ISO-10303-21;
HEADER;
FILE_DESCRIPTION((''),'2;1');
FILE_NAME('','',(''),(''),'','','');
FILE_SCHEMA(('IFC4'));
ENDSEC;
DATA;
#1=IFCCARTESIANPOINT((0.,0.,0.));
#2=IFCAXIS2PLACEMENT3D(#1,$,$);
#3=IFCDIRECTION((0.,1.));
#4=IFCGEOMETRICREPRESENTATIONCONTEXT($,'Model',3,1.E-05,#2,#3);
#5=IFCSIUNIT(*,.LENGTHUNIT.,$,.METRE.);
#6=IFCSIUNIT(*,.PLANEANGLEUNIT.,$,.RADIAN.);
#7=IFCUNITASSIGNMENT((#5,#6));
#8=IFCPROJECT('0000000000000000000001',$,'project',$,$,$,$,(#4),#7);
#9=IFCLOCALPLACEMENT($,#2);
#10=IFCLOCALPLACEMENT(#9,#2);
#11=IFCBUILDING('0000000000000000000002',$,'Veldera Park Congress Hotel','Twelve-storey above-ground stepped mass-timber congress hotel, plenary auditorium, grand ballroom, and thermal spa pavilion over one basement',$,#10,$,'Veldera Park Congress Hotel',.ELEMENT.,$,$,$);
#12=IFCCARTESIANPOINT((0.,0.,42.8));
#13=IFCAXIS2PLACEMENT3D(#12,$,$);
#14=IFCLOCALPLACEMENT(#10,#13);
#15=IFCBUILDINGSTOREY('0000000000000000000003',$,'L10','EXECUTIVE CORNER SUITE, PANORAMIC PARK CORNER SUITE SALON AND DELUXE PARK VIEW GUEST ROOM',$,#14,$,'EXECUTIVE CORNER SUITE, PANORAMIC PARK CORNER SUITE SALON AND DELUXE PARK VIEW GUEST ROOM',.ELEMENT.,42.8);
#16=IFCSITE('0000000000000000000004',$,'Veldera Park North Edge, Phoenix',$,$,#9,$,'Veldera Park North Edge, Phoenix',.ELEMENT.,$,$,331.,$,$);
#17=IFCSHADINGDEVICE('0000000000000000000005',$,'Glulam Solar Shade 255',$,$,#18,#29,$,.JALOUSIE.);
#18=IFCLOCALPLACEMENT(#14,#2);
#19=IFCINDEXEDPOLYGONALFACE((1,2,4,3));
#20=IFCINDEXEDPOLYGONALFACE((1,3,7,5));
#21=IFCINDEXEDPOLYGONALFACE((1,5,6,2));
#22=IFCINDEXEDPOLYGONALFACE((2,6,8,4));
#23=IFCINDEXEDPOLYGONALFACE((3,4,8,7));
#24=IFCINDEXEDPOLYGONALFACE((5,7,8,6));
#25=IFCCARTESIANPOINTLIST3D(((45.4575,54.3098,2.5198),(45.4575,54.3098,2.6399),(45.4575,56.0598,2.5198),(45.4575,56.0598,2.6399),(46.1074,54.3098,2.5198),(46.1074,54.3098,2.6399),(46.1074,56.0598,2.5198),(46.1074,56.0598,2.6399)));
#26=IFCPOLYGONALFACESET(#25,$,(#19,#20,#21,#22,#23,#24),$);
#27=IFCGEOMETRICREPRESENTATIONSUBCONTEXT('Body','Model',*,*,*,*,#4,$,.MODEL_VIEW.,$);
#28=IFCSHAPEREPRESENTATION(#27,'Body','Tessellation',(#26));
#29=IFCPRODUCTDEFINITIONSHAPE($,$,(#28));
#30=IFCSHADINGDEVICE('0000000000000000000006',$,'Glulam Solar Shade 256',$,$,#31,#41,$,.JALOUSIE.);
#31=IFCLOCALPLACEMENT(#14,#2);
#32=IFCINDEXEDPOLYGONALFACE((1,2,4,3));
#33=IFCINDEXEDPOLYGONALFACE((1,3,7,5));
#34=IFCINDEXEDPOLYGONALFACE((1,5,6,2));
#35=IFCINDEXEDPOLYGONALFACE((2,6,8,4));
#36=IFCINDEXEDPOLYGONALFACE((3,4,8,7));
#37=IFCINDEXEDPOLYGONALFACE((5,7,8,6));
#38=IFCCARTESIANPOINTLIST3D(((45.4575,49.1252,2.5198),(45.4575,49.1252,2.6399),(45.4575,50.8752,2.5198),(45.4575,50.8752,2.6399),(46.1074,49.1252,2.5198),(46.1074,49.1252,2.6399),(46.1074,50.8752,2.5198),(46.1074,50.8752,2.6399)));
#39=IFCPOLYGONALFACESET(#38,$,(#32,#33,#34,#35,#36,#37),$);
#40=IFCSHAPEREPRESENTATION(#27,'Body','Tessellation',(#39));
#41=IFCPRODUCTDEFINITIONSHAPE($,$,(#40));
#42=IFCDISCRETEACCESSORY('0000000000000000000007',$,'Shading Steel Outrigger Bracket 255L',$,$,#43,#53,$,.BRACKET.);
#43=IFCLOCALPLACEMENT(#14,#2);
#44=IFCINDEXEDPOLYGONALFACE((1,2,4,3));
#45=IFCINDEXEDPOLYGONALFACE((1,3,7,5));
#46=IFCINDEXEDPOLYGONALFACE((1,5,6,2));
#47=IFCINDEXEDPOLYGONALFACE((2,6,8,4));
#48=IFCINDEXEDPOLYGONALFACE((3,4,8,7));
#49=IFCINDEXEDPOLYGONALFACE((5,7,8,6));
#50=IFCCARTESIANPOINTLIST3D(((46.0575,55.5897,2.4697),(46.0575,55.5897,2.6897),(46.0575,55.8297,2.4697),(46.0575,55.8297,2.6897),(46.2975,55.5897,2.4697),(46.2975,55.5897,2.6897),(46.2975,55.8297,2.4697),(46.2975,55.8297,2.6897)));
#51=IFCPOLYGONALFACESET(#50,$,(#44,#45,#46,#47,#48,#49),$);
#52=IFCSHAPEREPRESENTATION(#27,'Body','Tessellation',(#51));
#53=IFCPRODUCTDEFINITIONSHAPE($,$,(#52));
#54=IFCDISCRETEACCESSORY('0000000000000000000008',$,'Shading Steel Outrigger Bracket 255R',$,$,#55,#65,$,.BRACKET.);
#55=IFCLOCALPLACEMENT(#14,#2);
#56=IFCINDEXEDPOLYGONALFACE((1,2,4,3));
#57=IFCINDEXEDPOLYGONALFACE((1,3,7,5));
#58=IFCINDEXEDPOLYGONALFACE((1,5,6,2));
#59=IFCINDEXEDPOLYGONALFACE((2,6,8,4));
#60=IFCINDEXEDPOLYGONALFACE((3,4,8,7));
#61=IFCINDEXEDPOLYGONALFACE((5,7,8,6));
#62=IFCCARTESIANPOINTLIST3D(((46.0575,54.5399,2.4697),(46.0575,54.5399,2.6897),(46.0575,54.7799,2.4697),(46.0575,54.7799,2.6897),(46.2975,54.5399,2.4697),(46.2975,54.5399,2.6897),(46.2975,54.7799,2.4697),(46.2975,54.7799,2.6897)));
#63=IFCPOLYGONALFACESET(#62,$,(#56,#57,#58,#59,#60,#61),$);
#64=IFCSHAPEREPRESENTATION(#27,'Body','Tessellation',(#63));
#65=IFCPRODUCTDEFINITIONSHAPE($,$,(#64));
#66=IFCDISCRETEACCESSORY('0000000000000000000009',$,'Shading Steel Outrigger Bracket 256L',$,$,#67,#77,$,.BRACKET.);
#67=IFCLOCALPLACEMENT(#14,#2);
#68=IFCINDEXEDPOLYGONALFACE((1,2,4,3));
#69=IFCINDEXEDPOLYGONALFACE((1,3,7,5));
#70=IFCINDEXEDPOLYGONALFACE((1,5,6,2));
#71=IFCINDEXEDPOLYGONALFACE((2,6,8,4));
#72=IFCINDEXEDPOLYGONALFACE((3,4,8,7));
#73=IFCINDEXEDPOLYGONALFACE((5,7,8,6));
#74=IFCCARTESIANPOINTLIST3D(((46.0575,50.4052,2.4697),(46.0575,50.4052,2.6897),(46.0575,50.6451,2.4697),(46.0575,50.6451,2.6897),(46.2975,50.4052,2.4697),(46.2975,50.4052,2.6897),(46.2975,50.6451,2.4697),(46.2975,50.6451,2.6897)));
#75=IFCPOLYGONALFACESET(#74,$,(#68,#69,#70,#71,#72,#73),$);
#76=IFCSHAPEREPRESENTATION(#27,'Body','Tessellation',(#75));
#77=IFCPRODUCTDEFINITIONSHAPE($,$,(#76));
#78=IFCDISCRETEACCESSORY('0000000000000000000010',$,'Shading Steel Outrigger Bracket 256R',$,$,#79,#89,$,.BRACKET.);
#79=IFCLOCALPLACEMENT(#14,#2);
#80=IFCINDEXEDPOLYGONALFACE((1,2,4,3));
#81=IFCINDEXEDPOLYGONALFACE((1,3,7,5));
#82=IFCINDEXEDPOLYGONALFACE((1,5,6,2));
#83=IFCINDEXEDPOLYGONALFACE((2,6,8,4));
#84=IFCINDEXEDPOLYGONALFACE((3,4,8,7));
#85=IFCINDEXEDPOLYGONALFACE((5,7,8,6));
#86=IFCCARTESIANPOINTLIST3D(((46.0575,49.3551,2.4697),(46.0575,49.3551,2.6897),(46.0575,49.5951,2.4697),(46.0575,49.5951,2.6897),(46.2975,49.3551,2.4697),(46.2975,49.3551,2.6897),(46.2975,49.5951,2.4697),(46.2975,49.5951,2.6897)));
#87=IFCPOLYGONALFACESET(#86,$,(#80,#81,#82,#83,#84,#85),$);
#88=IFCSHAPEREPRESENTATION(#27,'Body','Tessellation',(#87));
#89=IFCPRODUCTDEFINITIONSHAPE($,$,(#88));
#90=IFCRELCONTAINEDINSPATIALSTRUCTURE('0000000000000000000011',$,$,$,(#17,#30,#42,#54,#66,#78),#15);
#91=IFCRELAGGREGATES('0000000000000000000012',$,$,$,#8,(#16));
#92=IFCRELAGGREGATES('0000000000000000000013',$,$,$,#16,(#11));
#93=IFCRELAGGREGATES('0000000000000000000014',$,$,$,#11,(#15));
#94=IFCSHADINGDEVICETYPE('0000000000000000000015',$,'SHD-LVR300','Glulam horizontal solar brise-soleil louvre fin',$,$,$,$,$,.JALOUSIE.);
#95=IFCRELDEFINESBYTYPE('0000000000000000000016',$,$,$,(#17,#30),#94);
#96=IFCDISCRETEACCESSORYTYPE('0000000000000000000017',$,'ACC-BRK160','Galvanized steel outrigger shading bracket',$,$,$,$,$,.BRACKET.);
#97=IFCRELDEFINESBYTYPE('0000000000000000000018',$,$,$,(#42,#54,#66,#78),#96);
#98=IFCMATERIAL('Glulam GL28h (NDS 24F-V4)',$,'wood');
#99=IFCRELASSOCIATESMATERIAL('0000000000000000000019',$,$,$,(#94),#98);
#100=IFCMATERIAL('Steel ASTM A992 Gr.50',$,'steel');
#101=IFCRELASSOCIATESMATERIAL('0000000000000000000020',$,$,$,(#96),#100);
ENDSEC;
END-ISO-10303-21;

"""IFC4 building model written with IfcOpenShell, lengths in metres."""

from ifc_helpers import new_model, si_unit, direction, frame, origin, origin_2d, place, context, subcontext, project, spatial, rectangle, extrude, material, type_object, element, save


model = new_model("IFC4")

# Units and contexts
model_context = context("Model", 3, precision=1e-05, world=origin(), true_north=direction((0.0, 1.0)))
body_context = subcontext(model_context, "Body", "Model", "MODEL_VIEW")
ifc_project = project(units=[si_unit("LENGTHUNIT", "METRE"), si_unit("PLANEANGLEUNIT", "RADIAN")], contexts=[model_context])

# Site, building, storey
site_placement = place(None, origin())
site = spatial("IfcSite", under=ifc_project, at=site_placement, Name="Veldera Park North Edge, Phoenix", LongName="Veldera Park North Edge, Phoenix", CompositionType="ELEMENT", RefElevation=331.0)
building_placement = place(site_placement, origin())
building = spatial("IfcBuilding", under=site, at=building_placement, Name="Veldera Park Congress Hotel", Description="Twelve-storey above-ground stepped mass-timber congress hotel, plenary auditorium, grand ballroom, and thermal spa pavilion over one basement", LongName="Veldera Park Congress Hotel", CompositionType="ELEMENT")
storey_placement = place(building_placement, frame((0.0, 0.0, 42.8)))
storey = spatial("IfcBuildingStorey", under=building, at=storey_placement, Name="L10", Description="EXECUTIVE CORNER SUITE, PANORAMIC PARK CORNER SUITE SALON AND DELUXE PARK VIEW GUEST ROOM", LongName="EXECUTIVE CORNER SUITE, PANORAMIC PARK CORNER SUITE SALON AND DELUXE PARK VIEW GUEST ROOM", CompositionType="ELEMENT", Elevation=42.8)

# Shared definitions
ifc_material_1 = material(Name="Glulam GL28h (NDS 24F-V4)", Category="wood")

# Shading devices
shading_device_type = type_object("IfcShadingDeviceType", Name="SHD-LVR300", Description="Glulam horizontal solar brise-soleil louvre fin", PredefinedType="JALOUSIE", material=ifc_material_1)
for number, where, z_axis, x_axis, name in (
    (1, (45.7825, 55.1848, 2.5198), (0.0, 0.0, 1.0), (0.0, -1.0, 0.0), "Glulam Solar Shade 255"),
    (2, (45.7825, 50.0002, 2.5198), (0.0, 0.0, 1.0), (0.0, -1.0, 0.0), "Glulam Solar Shade 256"),
):
    element("IfcShadingDevice", number, at=place(storey_placement, frame(where, z_axis=z_axis, x_axis=x_axis)), inside=storey, type_object=shading_device_type, Name=name, PredefinedType="JALOUSIE", context=body_context, shape_type="SweptSolid", body=[
        extrude(rectangle(XDim=1.75, YDim=0.6499, at=origin_2d()), origin(), (0.0, 0.0, 1.0), 0.1201),
    ])

# Discrete accessories
ifc_material_2 = material(Name="Steel ASTM A992 Gr.50", Category="steel")
discrete_accessory_type = type_object("IfcDiscreteAccessoryType", Name="ACC-BRK160", Description="Galvanized steel outrigger shading bracket", PredefinedType="BRACKET", material=ifc_material_2)
for number, where, z_axis, x_axis, name in (
    (3, (46.1775, 55.7097, 2.4697), (0.0, 0.0, 1.0), (0.0, -1.0, 0.0), "Shading Steel Outrigger Bracket 255L"),
    (4, (46.1775, 54.6599, 2.4697), (0.0, 0.0, 1.0), (0.0, -1.0, 0.0), "Shading Steel Outrigger Bracket 255R"),
    (5, (46.1775, 50.5251, 2.4697), (0.0, 0.0, 1.0), (0.0, -1.0, 0.0), "Shading Steel Outrigger Bracket 256L"),
    (6, (46.1775, 49.4751, 2.4697), (0.0, 0.0, 1.0), (0.0, -1.0, 0.0), "Shading Steel Outrigger Bracket 256R"),
):
    element("IfcDiscreteAccessory", number, at=place(storey_placement, frame(where, z_axis=z_axis, x_axis=x_axis)), inside=storey, type_object=discrete_accessory_type, Name=name, PredefinedType="BRACKET", context=body_context, shape_type="SweptSolid", body=[
        extrude(rectangle(XDim=0.24, YDim=0.24, at=origin_2d()), origin(), (0.0, 0.0, 1.0), 0.22),
    ])

save(model, "model.ifc")
